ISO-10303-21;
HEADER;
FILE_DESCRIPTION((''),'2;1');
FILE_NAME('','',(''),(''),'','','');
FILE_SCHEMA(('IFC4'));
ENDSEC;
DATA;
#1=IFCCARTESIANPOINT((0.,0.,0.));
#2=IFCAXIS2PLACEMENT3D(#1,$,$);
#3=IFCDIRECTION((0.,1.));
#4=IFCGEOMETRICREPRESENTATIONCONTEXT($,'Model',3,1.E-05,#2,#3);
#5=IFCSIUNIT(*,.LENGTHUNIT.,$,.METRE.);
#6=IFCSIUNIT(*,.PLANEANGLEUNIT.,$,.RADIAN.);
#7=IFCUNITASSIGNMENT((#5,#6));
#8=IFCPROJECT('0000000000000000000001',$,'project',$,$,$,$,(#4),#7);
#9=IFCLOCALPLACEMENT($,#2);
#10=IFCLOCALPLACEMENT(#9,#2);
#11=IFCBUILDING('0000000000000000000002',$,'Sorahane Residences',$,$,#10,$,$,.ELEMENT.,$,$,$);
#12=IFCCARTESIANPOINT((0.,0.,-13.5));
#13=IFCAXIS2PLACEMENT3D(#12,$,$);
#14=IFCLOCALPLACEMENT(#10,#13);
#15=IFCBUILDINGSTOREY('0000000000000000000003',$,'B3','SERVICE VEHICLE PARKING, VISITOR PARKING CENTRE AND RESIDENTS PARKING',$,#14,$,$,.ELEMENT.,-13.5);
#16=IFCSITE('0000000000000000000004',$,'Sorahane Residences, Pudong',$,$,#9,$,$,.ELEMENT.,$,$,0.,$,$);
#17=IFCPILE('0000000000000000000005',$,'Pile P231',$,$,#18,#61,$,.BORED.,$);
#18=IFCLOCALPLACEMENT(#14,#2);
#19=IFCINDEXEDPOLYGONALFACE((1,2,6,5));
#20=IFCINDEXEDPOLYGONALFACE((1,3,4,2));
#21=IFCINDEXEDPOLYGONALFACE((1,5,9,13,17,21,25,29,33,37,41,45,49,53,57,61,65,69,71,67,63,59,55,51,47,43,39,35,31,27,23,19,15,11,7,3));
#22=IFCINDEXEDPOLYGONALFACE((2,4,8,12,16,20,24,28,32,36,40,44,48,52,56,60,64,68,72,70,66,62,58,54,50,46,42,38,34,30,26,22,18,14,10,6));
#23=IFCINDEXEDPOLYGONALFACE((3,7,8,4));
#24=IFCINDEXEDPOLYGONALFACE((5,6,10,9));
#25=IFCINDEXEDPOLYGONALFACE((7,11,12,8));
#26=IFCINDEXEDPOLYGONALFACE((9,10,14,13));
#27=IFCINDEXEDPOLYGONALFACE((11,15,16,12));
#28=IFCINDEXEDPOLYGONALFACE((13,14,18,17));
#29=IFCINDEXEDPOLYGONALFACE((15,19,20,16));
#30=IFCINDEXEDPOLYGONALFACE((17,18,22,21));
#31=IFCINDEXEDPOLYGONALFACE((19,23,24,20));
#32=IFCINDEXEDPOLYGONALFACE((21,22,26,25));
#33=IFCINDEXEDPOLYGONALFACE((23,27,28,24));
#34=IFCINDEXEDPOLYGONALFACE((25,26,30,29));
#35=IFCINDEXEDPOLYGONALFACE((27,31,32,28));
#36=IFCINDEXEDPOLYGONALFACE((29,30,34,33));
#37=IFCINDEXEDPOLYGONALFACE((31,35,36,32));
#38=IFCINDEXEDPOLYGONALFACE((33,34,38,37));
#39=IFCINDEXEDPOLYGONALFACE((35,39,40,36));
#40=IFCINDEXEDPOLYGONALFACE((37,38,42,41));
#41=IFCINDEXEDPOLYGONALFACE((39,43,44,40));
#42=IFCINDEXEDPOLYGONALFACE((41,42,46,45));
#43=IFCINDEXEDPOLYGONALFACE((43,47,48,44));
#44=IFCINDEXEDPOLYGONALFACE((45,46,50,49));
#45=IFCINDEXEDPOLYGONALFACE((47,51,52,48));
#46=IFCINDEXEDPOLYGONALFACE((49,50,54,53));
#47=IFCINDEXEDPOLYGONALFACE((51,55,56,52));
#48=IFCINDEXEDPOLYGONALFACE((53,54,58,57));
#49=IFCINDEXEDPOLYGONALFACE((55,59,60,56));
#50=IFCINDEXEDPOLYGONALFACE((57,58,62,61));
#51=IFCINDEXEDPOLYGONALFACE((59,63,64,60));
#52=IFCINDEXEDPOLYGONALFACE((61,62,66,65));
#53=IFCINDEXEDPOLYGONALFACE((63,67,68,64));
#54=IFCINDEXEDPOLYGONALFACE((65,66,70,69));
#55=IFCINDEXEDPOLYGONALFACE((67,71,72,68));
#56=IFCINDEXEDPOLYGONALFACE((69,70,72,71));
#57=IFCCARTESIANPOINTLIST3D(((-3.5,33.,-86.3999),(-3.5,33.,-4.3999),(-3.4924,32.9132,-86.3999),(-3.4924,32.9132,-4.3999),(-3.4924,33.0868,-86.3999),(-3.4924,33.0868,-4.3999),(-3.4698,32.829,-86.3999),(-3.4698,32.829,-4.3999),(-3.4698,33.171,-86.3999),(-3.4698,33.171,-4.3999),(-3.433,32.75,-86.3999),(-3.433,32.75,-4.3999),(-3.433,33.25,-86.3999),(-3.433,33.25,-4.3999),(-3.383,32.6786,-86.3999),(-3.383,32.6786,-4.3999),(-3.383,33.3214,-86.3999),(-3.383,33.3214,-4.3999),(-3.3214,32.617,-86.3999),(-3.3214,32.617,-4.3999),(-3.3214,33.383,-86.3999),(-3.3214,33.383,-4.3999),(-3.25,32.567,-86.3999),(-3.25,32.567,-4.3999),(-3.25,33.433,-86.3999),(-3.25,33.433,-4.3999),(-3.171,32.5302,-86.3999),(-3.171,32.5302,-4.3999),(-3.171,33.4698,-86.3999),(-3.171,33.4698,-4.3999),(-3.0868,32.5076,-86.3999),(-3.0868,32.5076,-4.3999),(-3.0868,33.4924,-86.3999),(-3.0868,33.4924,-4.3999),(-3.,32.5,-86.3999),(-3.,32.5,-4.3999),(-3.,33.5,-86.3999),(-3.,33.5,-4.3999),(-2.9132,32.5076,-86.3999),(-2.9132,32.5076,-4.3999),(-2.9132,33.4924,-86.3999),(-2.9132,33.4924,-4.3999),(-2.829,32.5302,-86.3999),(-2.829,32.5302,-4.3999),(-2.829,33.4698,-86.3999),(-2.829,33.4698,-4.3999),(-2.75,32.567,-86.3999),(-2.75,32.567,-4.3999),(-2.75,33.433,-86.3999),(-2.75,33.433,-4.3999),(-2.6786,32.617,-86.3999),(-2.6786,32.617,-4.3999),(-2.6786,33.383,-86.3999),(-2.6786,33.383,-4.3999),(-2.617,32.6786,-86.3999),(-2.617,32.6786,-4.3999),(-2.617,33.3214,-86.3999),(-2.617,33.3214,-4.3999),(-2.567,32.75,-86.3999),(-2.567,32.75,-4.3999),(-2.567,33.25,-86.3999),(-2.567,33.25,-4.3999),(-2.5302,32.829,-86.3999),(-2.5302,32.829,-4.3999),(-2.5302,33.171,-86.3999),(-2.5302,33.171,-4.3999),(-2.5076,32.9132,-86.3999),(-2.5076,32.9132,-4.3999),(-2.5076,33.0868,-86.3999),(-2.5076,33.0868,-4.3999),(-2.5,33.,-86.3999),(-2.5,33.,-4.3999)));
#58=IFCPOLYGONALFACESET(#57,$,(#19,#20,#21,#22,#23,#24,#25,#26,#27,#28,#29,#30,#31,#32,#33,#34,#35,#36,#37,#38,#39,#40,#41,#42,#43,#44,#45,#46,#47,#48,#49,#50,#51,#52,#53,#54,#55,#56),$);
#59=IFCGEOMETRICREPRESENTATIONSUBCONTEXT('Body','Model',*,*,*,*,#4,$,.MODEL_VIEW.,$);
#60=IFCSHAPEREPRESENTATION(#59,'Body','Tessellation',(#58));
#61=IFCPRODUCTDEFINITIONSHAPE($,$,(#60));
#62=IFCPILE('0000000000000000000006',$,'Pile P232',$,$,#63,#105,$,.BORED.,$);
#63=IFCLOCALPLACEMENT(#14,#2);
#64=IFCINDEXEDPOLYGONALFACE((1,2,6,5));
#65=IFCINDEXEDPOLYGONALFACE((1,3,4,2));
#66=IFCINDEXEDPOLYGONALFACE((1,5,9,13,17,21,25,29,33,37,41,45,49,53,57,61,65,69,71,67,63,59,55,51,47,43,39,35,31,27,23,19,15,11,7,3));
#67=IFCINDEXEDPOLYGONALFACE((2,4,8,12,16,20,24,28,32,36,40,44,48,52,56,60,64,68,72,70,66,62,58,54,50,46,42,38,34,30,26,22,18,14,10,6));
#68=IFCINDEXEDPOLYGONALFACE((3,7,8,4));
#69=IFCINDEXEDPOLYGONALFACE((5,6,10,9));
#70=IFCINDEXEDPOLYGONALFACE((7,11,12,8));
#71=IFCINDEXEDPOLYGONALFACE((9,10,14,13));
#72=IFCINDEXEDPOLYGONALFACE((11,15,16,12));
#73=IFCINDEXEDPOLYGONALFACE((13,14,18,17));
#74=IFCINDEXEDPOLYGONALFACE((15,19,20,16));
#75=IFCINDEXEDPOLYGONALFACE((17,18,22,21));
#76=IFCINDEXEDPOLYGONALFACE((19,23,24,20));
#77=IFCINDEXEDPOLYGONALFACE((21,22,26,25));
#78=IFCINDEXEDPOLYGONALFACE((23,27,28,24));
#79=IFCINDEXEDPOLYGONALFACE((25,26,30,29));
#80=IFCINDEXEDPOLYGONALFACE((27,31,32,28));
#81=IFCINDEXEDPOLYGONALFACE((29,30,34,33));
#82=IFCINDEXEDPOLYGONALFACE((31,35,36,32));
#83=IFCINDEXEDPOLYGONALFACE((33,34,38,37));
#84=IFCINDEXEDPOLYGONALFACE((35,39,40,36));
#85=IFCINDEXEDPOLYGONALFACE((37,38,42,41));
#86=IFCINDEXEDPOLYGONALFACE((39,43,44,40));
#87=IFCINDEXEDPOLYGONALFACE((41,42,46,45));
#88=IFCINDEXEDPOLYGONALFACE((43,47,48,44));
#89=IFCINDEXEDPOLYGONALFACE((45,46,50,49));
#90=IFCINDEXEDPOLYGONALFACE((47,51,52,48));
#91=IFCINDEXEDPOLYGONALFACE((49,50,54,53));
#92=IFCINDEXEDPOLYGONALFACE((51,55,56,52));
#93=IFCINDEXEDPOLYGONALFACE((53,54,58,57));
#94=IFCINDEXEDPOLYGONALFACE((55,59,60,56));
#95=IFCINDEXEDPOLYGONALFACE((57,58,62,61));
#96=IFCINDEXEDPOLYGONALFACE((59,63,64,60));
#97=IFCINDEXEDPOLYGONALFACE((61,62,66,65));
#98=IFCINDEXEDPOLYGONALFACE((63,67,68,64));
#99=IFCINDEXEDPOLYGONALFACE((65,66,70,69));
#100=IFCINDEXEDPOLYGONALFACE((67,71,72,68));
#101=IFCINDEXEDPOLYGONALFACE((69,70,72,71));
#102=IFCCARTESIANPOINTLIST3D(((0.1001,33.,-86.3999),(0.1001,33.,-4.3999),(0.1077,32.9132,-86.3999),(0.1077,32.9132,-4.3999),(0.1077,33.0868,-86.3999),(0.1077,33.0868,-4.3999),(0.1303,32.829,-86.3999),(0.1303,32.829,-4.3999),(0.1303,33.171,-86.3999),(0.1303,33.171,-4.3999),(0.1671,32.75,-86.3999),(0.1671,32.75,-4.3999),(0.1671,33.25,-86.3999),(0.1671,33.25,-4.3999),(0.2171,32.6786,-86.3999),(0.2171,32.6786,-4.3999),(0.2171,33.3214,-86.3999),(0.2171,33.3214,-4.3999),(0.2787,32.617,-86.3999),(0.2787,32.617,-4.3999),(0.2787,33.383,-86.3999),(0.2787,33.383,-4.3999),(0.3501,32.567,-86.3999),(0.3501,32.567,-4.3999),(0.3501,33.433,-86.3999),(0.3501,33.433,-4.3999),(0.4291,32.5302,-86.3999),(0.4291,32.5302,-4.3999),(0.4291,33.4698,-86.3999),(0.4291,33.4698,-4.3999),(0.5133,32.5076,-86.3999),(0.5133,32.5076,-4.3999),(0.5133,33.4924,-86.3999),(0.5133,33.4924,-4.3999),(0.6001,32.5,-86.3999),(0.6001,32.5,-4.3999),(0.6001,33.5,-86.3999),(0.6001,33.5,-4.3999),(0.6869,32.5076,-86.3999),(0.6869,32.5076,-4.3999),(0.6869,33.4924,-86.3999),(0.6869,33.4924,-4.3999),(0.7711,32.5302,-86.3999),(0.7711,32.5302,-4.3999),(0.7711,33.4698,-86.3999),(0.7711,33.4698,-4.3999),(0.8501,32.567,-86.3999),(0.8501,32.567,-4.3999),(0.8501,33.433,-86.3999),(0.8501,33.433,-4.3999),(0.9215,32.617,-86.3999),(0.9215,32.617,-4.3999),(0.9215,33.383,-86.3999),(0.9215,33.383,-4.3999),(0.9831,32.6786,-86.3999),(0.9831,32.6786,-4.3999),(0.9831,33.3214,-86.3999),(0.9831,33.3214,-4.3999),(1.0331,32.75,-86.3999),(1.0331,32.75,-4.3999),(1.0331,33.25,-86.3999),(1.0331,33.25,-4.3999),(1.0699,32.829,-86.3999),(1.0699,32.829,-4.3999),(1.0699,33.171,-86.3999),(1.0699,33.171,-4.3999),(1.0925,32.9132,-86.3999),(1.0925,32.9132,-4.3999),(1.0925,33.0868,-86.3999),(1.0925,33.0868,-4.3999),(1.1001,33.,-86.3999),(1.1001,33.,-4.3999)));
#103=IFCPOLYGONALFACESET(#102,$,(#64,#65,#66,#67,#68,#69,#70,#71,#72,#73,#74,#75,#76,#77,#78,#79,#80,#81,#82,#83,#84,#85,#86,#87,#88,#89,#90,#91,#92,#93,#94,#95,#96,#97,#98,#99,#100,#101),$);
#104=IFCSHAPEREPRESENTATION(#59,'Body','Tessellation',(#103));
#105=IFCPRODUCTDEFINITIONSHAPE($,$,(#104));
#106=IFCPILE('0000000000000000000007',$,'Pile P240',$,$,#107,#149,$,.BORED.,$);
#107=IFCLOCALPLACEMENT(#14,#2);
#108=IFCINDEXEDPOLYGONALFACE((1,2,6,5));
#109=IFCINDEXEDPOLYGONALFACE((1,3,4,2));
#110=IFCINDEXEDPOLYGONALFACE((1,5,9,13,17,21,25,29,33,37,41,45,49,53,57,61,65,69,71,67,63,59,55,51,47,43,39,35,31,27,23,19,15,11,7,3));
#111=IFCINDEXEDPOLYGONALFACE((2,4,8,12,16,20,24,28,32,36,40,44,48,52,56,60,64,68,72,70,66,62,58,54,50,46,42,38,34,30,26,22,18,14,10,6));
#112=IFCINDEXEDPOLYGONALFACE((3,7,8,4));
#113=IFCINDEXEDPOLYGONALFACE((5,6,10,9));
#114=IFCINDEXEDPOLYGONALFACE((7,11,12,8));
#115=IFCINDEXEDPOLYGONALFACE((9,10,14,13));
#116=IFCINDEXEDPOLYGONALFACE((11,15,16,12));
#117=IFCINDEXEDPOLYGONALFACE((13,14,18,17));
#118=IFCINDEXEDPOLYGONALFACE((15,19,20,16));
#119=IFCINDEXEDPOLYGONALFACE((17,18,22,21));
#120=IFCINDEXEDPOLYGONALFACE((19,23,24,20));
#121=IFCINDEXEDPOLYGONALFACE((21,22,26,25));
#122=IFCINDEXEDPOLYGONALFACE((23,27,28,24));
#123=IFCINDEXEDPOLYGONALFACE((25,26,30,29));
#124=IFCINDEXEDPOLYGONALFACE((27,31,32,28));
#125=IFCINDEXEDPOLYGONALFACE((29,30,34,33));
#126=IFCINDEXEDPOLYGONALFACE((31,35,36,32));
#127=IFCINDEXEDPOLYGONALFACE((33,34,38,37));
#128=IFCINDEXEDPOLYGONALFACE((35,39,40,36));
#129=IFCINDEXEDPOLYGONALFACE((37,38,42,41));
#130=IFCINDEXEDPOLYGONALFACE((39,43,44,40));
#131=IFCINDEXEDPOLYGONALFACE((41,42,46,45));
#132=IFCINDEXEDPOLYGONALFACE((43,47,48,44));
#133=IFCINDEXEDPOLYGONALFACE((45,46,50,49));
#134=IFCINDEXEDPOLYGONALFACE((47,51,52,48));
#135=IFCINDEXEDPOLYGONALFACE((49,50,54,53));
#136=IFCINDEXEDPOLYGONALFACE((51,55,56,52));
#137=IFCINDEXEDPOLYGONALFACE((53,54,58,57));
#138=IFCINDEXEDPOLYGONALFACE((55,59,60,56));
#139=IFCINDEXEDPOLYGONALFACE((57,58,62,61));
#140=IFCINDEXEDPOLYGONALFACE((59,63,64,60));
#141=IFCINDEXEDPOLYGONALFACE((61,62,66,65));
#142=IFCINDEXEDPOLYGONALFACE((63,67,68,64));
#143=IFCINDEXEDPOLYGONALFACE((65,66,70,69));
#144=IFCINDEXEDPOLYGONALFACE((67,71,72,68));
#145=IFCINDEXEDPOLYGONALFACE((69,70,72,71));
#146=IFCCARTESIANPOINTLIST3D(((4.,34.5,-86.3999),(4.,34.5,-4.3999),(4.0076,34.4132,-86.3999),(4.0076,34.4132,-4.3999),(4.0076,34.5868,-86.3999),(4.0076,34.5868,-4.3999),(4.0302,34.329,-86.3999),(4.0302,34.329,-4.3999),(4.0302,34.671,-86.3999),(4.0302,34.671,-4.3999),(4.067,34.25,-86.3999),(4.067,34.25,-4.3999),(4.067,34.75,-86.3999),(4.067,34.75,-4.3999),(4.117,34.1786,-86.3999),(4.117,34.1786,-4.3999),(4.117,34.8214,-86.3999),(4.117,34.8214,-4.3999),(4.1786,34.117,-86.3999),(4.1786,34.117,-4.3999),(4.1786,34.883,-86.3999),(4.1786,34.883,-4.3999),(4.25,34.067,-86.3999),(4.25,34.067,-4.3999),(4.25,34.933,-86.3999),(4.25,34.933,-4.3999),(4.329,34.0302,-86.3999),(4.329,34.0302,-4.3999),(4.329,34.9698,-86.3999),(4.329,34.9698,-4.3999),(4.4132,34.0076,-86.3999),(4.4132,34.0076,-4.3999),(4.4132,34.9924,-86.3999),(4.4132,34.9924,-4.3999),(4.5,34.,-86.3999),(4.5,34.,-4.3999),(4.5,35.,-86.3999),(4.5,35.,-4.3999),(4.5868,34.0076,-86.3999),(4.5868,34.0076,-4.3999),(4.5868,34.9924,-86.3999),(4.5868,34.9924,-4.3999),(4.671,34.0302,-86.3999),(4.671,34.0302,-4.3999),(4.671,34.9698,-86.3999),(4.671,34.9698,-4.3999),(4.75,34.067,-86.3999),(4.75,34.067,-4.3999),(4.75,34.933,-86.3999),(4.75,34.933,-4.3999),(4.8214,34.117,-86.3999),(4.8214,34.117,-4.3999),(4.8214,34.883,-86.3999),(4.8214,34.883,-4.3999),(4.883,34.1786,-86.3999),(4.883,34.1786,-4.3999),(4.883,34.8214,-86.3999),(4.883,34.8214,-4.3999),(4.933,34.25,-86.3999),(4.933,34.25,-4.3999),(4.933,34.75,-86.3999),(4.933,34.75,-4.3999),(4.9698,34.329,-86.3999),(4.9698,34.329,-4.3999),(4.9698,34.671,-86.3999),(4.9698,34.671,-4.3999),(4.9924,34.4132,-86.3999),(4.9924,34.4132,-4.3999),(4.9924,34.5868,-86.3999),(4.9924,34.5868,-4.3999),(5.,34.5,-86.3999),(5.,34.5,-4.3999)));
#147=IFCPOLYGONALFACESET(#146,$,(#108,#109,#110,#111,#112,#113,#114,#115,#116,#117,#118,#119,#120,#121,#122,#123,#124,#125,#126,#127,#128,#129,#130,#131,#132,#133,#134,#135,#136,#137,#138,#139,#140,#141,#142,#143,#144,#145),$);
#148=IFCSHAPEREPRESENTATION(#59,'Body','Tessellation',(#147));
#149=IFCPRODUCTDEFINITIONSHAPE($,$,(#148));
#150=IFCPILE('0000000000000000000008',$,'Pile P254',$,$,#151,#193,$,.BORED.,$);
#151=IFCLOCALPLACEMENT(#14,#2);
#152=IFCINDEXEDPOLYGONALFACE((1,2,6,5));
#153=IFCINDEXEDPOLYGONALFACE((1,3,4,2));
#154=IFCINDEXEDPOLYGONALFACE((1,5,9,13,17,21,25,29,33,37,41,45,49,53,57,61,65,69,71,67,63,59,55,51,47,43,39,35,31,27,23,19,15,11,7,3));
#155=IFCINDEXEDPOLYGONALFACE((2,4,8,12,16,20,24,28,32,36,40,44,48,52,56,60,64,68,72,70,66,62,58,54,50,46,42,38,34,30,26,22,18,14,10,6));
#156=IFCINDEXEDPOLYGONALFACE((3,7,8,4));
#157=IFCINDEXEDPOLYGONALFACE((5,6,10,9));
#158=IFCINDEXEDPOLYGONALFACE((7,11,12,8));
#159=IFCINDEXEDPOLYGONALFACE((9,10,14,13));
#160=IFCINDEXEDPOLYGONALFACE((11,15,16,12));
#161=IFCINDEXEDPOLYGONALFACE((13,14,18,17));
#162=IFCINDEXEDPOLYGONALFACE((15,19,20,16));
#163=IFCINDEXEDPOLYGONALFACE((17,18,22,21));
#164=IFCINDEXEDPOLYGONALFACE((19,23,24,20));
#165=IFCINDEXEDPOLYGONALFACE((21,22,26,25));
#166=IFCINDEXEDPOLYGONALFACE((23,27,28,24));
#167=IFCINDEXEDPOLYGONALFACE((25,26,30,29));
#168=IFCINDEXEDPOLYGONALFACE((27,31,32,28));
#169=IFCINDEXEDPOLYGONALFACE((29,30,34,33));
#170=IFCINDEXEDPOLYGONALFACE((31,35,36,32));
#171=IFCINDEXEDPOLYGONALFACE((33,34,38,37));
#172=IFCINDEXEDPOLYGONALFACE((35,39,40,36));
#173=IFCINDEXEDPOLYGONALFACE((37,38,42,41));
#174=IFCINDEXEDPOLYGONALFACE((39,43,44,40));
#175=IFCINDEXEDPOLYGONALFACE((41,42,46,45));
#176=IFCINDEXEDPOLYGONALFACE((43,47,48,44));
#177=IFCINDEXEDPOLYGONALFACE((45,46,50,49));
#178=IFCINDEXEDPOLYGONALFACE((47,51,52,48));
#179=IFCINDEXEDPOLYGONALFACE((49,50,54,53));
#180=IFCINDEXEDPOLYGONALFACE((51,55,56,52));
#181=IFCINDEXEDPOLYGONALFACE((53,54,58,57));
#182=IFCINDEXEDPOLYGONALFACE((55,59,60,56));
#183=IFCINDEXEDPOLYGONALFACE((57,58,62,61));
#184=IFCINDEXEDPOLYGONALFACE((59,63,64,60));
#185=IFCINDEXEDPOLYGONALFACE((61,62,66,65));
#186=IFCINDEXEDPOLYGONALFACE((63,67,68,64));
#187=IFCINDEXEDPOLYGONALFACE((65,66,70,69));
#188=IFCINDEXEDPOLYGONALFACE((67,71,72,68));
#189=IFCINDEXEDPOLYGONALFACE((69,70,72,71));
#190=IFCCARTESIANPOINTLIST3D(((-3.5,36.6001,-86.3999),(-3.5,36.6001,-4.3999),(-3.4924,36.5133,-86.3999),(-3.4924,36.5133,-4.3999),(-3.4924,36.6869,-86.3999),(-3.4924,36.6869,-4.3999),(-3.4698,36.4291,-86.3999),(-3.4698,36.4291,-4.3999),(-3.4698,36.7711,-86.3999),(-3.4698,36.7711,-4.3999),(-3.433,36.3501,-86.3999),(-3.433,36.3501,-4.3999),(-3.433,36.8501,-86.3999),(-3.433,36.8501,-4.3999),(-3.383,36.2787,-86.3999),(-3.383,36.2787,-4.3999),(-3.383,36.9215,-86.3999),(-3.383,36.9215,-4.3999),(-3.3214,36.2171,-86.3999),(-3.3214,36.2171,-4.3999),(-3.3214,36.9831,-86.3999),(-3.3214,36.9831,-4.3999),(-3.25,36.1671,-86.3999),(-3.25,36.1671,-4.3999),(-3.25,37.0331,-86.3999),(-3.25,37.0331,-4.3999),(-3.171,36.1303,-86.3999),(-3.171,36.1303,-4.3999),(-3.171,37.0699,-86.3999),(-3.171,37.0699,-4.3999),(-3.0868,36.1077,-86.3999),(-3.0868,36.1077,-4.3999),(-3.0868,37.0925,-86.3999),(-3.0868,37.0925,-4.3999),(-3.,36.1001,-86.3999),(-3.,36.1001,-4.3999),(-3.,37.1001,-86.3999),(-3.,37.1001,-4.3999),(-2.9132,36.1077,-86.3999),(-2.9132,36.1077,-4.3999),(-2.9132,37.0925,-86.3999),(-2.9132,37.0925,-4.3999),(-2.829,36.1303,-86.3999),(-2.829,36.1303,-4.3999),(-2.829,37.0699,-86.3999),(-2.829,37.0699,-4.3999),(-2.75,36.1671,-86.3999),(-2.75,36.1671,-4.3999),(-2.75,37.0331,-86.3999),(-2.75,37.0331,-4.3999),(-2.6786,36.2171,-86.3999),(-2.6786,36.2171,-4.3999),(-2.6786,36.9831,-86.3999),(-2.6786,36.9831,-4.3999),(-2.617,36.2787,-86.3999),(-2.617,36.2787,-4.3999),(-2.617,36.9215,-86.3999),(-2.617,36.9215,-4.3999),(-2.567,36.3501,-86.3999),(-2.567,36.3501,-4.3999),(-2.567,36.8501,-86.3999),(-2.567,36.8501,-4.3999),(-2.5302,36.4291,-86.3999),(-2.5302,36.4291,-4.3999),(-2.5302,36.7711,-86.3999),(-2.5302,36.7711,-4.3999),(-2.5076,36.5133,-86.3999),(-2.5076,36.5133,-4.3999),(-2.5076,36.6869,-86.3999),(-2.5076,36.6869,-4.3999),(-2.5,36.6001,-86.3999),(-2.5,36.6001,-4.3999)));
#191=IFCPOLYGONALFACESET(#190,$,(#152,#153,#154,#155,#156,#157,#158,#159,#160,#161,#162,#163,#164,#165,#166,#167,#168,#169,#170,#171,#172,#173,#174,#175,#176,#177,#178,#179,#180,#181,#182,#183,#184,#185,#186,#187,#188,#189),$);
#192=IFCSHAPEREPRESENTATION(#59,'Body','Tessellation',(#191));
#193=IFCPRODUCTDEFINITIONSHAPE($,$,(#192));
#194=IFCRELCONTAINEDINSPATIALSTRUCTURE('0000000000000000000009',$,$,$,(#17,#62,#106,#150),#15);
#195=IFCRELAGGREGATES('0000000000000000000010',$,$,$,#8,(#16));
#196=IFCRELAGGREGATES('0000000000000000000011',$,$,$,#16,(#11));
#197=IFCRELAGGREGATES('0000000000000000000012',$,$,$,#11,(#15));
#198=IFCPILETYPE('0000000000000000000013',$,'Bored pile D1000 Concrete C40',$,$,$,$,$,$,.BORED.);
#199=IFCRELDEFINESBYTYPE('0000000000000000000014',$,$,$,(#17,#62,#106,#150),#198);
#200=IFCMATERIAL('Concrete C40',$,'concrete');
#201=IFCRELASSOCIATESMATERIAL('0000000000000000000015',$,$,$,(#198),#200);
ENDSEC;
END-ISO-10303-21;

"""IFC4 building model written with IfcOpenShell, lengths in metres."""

from ifc_helpers import new_model, si_unit, direction, frame, origin, origin_2d, place, context, subcontext, project, spatial, circle, extrude, material, material_profile, profile_set, type_object, element, save


model = new_model("IFC4")

# Units and contexts
model_context = context("Model", 3, precision=1e-05, world=origin(), true_north=direction((0.0, 1.0)))
body_context = subcontext(model_context, "Body", "Model", "MODEL_VIEW")
ifc_project = project(units=[si_unit("LENGTHUNIT", "METRE"), si_unit("PLANEANGLEUNIT", "RADIAN")], contexts=[model_context])

# Site, building, storey
site_placement = place(None, origin())
site = spatial("IfcSite", under=ifc_project, at=site_placement, Name="Sorahane Residences, Pudong", CompositionType="ELEMENT", RefElevation=0.0)
building_placement = place(site_placement, origin())
building = spatial("IfcBuilding", under=site, at=building_placement, Name="Sorahane Residences", CompositionType="ELEMENT")
storey_placement = place(building_placement, frame((0.0, 0.0, -13.5)))
storey = spatial("IfcBuildingStorey", under=building, at=storey_placement, Name="B3", Description="SERVICE VEHICLE PARKING, VISITOR PARKING CENTRE AND RESIDENTS PARKING", CompositionType="ELEMENT", Elevation=-13.5)

# Piles
ifc_material_1 = material(Name="Concrete C40", Category="concrete")
ifc_material_profile_1 = material_profile(ifc_material_1, circle(Radius=0.5, at=origin_2d()), Name="D1000")
ifc_profile_set_1 = profile_set([ifc_material_profile_1], Name="Concrete C40")
pile_type = type_object("IfcPileType", Name="Bored pile D1000 Concrete C40", PredefinedType="BORED", material=ifc_profile_set_1)
for number, where, z_axis, x_axis, name in (
    (1, (-3.0, 33.0, -4.3999), (0.0, 0.0, -1.0), (1.0, 0.0, 0.0), "Pile P231"),
    (2, (0.6001, 33.0, -4.3999), (0.0, 0.0, -1.0), (1.0, 0.0, 0.0), "Pile P232"),
    (3, (4.5, 34.5, -4.3999), (0.0, 0.0, -1.0), (1.0, 0.0, 0.0), "Pile P240"),
    (4, (-3.0, 36.6001, -4.3999), (0.0, 0.0, -1.0), (1.0, 0.0, 0.0), "Pile P254"),
):
    element("IfcPile", number, at=place(storey_placement, frame(where, z_axis=z_axis, x_axis=x_axis)), inside=storey, type_object=pile_type, Name=name, PredefinedType="BORED", context=body_context, shape_type="SweptSolid", body=[
        extrude(circle(Radius=0.5, at=origin_2d()), origin(), (0.0, 0.0, 1.0), 82.0),
    ])

save(model, "model.ifc")
